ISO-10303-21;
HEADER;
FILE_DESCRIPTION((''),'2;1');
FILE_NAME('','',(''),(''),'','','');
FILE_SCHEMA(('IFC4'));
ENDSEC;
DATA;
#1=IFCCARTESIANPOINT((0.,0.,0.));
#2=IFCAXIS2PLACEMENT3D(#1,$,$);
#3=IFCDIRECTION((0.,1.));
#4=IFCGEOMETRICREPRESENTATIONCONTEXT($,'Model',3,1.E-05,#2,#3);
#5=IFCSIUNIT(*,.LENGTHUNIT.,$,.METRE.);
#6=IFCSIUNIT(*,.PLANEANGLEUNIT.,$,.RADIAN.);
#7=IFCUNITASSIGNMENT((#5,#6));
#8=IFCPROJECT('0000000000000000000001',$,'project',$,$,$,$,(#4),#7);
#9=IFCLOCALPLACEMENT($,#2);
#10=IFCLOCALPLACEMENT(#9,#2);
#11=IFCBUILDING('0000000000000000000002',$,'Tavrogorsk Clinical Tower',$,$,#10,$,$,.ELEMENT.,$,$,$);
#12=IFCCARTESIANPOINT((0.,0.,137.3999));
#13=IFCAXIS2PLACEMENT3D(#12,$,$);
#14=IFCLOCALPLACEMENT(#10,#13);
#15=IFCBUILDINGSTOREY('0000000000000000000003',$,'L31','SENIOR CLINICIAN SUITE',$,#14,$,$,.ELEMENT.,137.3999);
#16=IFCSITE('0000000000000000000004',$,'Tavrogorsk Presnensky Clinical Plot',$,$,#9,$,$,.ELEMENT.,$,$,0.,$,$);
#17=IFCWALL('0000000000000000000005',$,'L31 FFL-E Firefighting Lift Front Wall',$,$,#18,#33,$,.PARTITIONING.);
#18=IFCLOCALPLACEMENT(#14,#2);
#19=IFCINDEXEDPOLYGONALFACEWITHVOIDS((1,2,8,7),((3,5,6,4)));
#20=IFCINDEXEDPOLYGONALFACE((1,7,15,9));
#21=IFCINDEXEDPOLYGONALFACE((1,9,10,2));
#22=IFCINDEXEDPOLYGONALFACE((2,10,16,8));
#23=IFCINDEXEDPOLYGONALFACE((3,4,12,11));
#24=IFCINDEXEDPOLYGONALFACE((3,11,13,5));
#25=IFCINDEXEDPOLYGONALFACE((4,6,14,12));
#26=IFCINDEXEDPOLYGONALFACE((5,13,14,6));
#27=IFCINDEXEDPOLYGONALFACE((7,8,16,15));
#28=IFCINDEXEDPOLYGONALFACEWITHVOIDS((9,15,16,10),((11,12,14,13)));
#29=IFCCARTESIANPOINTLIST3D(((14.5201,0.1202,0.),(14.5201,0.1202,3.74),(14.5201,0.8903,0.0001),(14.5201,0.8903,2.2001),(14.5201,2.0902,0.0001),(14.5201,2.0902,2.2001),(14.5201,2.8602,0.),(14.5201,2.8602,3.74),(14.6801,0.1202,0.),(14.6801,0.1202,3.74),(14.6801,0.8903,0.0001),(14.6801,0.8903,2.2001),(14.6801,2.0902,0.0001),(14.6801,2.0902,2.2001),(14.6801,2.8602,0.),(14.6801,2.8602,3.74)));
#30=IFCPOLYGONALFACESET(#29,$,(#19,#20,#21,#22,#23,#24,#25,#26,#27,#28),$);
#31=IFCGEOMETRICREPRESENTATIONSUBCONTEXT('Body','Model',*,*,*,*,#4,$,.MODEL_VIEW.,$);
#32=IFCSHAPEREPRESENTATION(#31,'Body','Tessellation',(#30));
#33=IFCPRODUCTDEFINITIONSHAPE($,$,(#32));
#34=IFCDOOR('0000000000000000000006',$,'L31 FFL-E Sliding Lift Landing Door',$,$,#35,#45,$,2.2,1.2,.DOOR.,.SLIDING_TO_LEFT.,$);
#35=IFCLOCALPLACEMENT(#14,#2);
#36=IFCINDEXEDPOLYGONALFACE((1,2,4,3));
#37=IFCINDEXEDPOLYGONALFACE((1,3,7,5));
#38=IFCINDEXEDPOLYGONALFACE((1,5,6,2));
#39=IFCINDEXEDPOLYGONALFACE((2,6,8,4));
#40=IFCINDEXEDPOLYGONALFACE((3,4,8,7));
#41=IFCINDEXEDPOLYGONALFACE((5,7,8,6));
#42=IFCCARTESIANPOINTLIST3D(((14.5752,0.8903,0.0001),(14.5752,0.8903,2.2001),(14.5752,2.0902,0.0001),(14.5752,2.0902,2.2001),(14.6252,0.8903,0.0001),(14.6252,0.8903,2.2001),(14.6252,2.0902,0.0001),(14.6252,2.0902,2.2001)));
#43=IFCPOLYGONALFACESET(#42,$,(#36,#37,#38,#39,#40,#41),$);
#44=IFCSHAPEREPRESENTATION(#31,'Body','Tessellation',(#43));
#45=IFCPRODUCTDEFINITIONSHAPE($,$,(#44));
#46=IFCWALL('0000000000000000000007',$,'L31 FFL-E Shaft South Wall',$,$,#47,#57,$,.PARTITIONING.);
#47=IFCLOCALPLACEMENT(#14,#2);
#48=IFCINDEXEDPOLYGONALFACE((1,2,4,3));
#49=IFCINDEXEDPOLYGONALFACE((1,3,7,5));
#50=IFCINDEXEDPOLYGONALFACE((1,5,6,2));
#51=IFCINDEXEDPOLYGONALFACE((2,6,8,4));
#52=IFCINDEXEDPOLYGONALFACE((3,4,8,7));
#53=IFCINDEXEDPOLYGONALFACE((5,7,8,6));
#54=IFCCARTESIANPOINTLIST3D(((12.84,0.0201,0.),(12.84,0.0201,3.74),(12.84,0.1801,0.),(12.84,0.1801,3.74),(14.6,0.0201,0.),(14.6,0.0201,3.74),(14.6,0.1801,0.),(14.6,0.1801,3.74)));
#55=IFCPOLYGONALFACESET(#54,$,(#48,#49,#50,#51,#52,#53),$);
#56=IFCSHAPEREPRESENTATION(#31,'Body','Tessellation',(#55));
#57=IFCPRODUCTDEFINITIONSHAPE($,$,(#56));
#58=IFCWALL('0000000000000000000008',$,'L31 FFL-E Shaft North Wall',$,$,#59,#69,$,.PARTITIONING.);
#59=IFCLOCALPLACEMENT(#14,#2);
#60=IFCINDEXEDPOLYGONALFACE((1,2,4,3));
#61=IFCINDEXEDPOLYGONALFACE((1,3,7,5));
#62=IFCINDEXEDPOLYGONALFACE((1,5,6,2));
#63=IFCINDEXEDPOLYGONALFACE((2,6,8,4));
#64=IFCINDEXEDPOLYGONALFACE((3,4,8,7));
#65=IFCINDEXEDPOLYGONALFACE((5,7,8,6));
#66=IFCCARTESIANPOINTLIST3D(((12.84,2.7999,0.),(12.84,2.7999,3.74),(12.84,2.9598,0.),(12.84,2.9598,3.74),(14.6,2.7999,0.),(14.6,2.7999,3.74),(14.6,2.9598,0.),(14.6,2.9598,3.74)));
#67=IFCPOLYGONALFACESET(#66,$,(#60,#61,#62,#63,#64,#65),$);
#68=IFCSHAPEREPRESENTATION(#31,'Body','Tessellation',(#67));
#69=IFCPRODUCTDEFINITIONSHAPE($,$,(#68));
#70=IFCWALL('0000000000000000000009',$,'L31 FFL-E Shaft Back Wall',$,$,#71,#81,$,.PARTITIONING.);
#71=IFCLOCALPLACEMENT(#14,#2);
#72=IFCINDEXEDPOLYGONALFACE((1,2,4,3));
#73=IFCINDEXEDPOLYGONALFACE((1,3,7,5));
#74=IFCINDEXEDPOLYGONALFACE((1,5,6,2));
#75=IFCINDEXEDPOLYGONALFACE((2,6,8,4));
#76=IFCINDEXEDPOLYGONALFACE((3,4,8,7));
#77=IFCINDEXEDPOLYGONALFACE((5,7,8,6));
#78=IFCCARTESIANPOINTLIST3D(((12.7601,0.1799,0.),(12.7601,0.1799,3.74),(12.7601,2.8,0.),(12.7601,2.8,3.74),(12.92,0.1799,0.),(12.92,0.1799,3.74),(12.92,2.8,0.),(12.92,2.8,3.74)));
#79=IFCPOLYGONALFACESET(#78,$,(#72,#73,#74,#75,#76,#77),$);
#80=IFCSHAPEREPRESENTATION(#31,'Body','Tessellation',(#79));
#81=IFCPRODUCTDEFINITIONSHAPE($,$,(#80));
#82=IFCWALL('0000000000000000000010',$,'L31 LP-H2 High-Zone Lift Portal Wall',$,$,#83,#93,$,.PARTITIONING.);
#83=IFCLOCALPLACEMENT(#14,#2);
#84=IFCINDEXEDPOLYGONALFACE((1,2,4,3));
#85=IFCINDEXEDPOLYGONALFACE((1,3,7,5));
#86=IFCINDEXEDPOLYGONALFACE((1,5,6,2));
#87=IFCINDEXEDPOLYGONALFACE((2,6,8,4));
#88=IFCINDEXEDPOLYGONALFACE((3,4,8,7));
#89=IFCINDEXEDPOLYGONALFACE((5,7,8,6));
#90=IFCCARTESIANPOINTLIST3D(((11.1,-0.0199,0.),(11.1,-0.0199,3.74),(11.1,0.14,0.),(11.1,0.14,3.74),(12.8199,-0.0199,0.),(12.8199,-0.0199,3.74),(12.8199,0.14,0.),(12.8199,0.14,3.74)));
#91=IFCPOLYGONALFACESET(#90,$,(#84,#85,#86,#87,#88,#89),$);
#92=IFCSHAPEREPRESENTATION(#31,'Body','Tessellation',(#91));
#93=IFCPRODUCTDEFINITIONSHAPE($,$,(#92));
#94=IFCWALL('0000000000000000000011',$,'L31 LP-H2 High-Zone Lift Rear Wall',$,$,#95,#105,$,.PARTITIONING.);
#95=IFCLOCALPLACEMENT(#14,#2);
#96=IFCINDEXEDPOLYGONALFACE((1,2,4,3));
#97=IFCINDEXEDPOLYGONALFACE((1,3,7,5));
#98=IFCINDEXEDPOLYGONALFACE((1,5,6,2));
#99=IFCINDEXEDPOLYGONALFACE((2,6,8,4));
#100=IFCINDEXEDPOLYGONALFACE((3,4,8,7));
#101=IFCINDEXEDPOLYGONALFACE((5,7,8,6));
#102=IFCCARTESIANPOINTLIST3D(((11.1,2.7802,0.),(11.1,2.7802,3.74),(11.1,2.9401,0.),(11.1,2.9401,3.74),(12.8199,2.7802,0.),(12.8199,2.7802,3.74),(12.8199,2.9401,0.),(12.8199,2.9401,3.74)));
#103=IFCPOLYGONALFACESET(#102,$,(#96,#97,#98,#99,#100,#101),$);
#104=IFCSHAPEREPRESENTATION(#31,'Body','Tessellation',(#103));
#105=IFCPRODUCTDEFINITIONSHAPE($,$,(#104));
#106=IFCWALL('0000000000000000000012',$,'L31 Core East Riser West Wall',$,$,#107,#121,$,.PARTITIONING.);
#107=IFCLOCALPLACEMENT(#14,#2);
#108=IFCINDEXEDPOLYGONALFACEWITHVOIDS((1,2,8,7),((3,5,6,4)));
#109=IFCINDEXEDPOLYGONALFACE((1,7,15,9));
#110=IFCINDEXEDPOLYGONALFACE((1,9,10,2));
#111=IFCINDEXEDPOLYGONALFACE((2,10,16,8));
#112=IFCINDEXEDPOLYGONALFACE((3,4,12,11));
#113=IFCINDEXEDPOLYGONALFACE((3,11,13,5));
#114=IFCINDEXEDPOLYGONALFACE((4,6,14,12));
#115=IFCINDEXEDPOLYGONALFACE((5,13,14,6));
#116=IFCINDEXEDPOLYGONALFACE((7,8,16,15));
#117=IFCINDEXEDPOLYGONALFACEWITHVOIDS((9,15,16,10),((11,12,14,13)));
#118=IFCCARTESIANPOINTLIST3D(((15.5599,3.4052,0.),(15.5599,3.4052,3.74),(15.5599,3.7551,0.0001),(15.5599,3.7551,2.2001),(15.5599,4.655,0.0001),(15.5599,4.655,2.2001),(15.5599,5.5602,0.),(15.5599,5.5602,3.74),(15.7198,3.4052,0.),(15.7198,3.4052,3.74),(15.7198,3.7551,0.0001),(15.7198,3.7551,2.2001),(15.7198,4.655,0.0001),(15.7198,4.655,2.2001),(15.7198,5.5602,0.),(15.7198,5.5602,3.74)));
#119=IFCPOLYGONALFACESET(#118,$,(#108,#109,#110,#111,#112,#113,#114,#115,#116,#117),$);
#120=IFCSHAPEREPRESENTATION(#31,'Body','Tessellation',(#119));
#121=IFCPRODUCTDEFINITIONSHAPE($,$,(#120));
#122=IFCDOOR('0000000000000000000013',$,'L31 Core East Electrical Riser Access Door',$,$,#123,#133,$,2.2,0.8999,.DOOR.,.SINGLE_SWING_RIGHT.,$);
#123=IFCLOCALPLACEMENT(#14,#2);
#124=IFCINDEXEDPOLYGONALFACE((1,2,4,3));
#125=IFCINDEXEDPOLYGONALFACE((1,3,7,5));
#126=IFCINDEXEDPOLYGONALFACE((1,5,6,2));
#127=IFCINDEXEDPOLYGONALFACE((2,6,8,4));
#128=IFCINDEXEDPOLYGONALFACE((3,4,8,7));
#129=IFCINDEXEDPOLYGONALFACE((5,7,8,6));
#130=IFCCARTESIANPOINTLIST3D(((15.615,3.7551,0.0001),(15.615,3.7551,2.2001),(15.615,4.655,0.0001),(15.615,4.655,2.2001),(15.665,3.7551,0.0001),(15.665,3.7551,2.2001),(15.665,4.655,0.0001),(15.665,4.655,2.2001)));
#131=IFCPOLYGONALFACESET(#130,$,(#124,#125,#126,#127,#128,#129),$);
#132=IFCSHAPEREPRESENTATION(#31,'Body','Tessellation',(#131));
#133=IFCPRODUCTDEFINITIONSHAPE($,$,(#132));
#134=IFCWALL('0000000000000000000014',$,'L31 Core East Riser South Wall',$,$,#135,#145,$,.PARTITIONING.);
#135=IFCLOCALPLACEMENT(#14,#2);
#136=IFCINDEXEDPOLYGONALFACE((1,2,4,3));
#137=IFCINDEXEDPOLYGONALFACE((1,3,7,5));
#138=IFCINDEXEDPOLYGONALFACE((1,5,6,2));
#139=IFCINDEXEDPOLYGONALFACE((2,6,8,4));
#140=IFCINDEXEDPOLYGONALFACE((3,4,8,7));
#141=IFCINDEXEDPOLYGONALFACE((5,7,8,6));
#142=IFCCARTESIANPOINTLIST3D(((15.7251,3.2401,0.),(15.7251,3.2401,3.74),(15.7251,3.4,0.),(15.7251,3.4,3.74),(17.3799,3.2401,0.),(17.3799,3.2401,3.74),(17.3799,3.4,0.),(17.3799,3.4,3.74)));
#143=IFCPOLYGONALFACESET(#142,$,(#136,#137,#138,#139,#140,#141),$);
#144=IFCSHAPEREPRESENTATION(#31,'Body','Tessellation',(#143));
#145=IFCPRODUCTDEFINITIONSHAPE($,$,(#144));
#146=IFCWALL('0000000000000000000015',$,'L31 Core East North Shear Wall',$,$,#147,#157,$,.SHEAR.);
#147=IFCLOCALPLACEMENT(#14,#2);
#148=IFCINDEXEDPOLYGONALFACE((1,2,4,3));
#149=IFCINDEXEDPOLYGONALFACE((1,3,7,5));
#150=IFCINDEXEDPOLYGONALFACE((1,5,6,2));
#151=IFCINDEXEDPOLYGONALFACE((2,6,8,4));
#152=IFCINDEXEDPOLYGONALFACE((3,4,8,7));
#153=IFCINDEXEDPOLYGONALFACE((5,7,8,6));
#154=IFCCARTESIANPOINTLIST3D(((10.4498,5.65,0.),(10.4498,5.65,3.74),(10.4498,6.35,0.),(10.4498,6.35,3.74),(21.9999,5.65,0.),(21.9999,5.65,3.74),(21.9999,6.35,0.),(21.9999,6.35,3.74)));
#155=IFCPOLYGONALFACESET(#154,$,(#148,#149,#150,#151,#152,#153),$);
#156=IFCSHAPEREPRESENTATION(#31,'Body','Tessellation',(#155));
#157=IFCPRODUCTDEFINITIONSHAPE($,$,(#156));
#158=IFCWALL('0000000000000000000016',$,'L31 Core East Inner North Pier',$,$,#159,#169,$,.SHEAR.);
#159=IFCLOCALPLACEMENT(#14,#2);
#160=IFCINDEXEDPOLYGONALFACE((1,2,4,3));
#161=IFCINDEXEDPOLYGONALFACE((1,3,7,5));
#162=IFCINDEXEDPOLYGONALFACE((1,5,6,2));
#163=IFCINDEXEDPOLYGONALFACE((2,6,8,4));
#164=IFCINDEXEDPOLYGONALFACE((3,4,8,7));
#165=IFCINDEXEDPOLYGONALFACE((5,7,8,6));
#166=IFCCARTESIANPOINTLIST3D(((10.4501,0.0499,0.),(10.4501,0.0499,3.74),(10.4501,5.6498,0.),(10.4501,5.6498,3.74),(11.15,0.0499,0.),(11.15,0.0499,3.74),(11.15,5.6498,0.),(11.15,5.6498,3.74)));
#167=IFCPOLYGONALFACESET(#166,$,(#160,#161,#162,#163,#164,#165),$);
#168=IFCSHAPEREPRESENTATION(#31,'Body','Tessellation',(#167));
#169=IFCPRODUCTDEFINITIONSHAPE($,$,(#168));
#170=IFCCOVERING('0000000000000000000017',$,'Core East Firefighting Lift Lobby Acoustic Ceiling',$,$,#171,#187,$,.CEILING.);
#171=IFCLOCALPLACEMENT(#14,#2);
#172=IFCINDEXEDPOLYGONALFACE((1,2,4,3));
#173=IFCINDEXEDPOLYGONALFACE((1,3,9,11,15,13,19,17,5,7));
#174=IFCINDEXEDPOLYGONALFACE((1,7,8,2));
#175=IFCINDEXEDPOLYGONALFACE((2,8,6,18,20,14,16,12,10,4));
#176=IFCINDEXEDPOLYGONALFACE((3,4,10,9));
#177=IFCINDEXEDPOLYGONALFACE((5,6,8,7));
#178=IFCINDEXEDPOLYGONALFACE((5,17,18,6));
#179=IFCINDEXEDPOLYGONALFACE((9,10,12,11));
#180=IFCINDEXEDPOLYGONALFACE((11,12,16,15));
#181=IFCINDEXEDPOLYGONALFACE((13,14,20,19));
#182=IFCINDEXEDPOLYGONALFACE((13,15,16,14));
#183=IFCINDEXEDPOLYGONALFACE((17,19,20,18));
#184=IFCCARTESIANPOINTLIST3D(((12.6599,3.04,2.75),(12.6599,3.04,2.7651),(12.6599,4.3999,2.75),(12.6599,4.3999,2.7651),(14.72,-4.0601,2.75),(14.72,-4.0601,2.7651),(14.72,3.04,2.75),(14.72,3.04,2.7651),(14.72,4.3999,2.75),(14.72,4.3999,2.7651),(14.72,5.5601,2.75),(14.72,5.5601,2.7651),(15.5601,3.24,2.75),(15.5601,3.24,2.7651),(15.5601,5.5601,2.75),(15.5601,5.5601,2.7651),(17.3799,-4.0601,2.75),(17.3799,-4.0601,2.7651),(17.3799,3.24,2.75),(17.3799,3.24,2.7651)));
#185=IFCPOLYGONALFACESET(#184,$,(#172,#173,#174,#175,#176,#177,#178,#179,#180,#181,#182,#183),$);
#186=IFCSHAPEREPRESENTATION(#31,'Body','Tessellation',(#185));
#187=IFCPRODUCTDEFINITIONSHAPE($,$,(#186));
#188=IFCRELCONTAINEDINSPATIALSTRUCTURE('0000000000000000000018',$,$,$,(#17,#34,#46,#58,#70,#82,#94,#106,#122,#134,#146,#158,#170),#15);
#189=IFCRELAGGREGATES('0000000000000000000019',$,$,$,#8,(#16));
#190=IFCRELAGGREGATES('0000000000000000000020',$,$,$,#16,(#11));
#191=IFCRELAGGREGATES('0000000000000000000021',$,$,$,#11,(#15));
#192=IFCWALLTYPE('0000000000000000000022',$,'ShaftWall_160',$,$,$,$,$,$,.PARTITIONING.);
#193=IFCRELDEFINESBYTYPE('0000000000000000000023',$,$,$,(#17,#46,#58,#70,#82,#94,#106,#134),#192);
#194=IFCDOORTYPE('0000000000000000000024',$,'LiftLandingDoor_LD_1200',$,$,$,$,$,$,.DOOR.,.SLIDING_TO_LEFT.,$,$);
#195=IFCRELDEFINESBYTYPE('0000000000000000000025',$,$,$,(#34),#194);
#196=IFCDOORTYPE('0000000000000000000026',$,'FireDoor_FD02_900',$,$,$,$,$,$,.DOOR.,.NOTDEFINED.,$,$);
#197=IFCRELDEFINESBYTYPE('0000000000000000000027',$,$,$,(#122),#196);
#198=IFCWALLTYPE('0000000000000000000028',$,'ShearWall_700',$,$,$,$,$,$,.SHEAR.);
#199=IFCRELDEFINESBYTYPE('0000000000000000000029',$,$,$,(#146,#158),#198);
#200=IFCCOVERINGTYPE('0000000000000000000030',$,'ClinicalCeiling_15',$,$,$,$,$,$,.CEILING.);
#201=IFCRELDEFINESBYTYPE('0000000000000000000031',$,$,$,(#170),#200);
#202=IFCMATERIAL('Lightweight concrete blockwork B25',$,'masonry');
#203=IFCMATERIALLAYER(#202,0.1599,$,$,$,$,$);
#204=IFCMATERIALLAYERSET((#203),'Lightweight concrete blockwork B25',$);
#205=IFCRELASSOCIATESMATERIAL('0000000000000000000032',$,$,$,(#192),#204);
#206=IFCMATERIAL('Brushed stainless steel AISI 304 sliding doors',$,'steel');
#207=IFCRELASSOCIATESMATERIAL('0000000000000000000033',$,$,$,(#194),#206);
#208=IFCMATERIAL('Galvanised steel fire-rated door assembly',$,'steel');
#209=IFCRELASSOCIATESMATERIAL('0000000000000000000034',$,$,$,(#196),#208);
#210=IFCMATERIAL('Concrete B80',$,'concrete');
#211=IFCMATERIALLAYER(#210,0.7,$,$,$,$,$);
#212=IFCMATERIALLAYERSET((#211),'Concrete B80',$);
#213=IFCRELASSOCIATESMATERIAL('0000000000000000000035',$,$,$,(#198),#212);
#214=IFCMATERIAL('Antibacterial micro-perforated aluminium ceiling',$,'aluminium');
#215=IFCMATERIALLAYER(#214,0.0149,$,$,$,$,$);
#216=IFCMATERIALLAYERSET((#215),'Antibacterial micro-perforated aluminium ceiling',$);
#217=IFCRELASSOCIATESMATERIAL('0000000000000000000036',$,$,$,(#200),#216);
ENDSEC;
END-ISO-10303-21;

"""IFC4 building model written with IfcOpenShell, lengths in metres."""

from ifc_helpers import new_model, si_unit, direction, frame, frame_2d, origin, place, context, subcontext, project, spatial, polyline, rectangle, outline, extrude, material, layer, layer_set, type_object, element, fill, save


model = new_model("IFC4")

# Units and contexts
model_context = context("Model", 3, precision=1e-05, world=origin(), true_north=direction((0.0, 1.0)))
body_context = subcontext(model_context, "Body", "Model", "MODEL_VIEW")
ifc_project = project(units=[si_unit("LENGTHUNIT", "METRE"), si_unit("PLANEANGLEUNIT", "RADIAN")], contexts=[model_context])

# Site, building, storey
site_placement = place(None, origin())
site = spatial("IfcSite", under=ifc_project, at=site_placement, Name="Tavrogorsk Presnensky Clinical Plot", CompositionType="ELEMENT", RefElevation=0.0)
building_placement = place(site_placement, origin())
building = spatial("IfcBuilding", under=site, at=building_placement, Name="Tavrogorsk Clinical Tower", CompositionType="ELEMENT")
storey_placement = place(building_placement, frame((0.0, 0.0, 137.3999)))
storey = spatial("IfcBuildingStorey", under=building, at=storey_placement, Name="L31", Description="SENIOR CLINICIAN SUITE", CompositionType="ELEMENT", Elevation=137.3999)

# Wall, opening, door
ifc_material_1 = material(Name="Lightweight concrete blockwork B25", Category="masonry")
ifc_layer_1 = layer(ifc_material_1, 0.1599)
ifc_layer_set_1 = layer_set([ifc_layer_1], Name="Lightweight concrete blockwork B25")
wall_type_1 = type_object("IfcWallType", Name="ShaftWall_160", PredefinedType="PARTITIONING", material=ifc_layer_set_1)
wall_1_placement = place(storey_placement, frame((14.6001, 0.1201, 0.0), z_axis=(0.0, 0.0, 1.0), x_axis=(0.0, 1.0, 0.0)))
wall_1 = element("IfcWall", 1, at=wall_1_placement, inside=storey, type_object=wall_type_1, Name="L31 FFL-E Firefighting Lift Front Wall", PredefinedType="PARTITIONING", context=body_context, shape_type="SweptSolid", body=[
    extrude(rectangle(XDim=2.74, YDim=0.1599, at=frame_2d((1.3701, 0.0))), origin(), (0.0, 0.0, 1.0), 3.74),
])
opening_1_placement = place(wall_1_placement, frame((0.77, 0.0, 0.0)))
opening_1 = element("IfcOpeningElement", 2, at=opening_1_placement, cuts=wall_1, PredefinedType="OPENING", context=body_context, shape_type="SweptSolid", body=[
    extrude(rectangle(XDim=1.2, YDim=2.2, at=frame_2d((0.6001, 1.1001))), frame((0.0, 0.0898, 0.0), z_axis=(0.0, -1.0, 0.0), x_axis=(1.0, 0.0, 0.0)), (0.0, 0.0, 1.0), 0.1799),
])
ifc_material_2 = material(Name="Brushed stainless steel AISI 304 sliding doors", Category="steel")
door_type_1 = type_object("IfcDoorType", Name="LiftLandingDoor_LD_1200", OperationType="SLIDING_TO_LEFT", PredefinedType="DOOR", material=ifc_material_2)
door_1_placement = place(opening_1_placement, origin())
door_1 = element("IfcDoor", 3, at=door_1_placement, inside=storey, type_object=door_type_1, Name="L31 FFL-E Sliding Lift Landing Door", OperationType="SLIDING_TO_LEFT", OverallHeight=2.2, OverallWidth=1.2, PredefinedType="DOOR", context=body_context, shape_type="SweptSolid", body=[
    extrude(rectangle(XDim=1.2, YDim=2.2, at=frame_2d((0.6001, 1.1001))), frame((0.0, 0.0249, 0.0), z_axis=(0.0, -1.0, 0.0), x_axis=(1.0, 0.0, 0.0)), (0.0, 0.0, 1.0), 0.05),
])
fill(opening_1, door_1)

# Walls
for number, where, z_axis, x_axis, name in (
    (4, (12.8401, 0.1001, 0.0), (0.0, 0.0, 1.0), (1.0, 0.0, 0.0), "L31 FFL-E Shaft South Wall"),
    (5, (12.8401, 2.8799, 0.0), (0.0, 0.0, 1.0), (1.0, 0.0, 0.0), "L31 FFL-E Shaft North Wall"),
):
    element("IfcWall", number, at=place(storey_placement, frame(where, z_axis=z_axis, x_axis=x_axis)), inside=storey, type_object=wall_type_1, Name=name, PredefinedType="PARTITIONING", context=body_context, shape_type="SweptSolid", body=[
        extrude(rectangle(XDim=1.76, YDim=0.1599, at=frame_2d((0.8799, 0.0))), origin(), (0.0, 0.0, 1.0), 3.74),
    ])
wall_2_placement = place(storey_placement, frame((12.8401, 0.1799, 0.0), z_axis=(0.0, 0.0, 1.0), x_axis=(0.0, 1.0, 0.0)))
element("IfcWall", 6, at=wall_2_placement, inside=storey, type_object=wall_type_1, Name="L31 FFL-E Shaft Back Wall", PredefinedType="PARTITIONING", context=body_context, shape_type="SweptSolid", body=[
    extrude(rectangle(XDim=2.6201, YDim=0.1599, at=frame_2d((1.3101, 0.0))), origin(), (0.0, 0.0, 1.0), 3.74),
])
for number, where, z_axis, x_axis, name in (
    (7, (11.1001, 0.0601, 0.0), (0.0, 0.0, 1.0), (1.0, 0.0, 0.0), "L31 LP-H2 High-Zone Lift Portal Wall"),
    (8, (11.1001, 2.8601, 0.0), (0.0, 0.0, 1.0), (1.0, 0.0, 0.0), "L31 LP-H2 High-Zone Lift Rear Wall"),
):
    element("IfcWall", number, at=place(storey_placement, frame(where, z_axis=z_axis, x_axis=x_axis)), inside=storey, type_object=wall_type_1, Name=name, PredefinedType="PARTITIONING", context=body_context, shape_type="SweptSolid", body=[
        extrude(rectangle(XDim=1.72, YDim=0.1599, at=frame_2d((0.8599, 0.0))), origin(), (0.0, 0.0, 1.0), 3.74),
    ])

# Wall, opening, door
wall_3_placement = place(storey_placement, frame((15.6399, 3.405, 0.0), z_axis=(0.0, 0.0, 1.0), x_axis=(0.0, 1.0, 0.0)))
wall_3 = element("IfcWall", 9, at=wall_3_placement, inside=storey, type_object=wall_type_1, Name="L31 Core East Riser West Wall", PredefinedType="PARTITIONING", context=body_context, shape_type="SweptSolid", body=[
    extrude(rectangle(XDim=2.155, YDim=0.1599, at=frame_2d((1.0776, 0.0))), origin(), (0.0, 0.0, 1.0), 3.74),
])
opening_2_placement = place(wall_3_placement, frame((0.3501, 0.0, 0.0)))
opening_2 = element("IfcOpeningElement", 10, at=opening_2_placement, cuts=wall_3, PredefinedType="OPENING", context=body_context, shape_type="SweptSolid", body=[
    extrude(rectangle(XDim=0.8999, YDim=2.2, at=frame_2d((0.45, 1.1001))), frame((0.0, 0.0898, 0.0), z_axis=(0.0, -1.0, 0.0), x_axis=(1.0, 0.0, 0.0)), (0.0, 0.0, 1.0), 0.1799),
])
ifc_material_3 = material(Name="Galvanised steel fire-rated door assembly", Category="steel")
door_type_2 = type_object("IfcDoorType", Name="FireDoor_FD02_900", OperationType="NOTDEFINED", PredefinedType="DOOR", material=ifc_material_3)
door_2_placement = place(opening_2_placement, origin())
door_2 = element("IfcDoor", 11, at=door_2_placement, inside=storey, type_object=door_type_2, Name="L31 Core East Electrical Riser Access Door", OperationType="SINGLE_SWING_RIGHT", OverallHeight=2.2, OverallWidth=0.8999, PredefinedType="DOOR", context=body_context, shape_type="SweptSolid", body=[
    extrude(rectangle(XDim=0.8999, YDim=2.2, at=frame_2d((0.45, 1.1001))), frame((0.0, 0.0249, 0.0), z_axis=(0.0, -1.0, 0.0), x_axis=(1.0, 0.0, 0.0)), (0.0, 0.0, 1.0), 0.05),
])
fill(opening_2, door_2)

# Walls
wall_4_placement = place(storey_placement, frame((15.7251, 3.3201, 0.0), z_axis=(0.0, 0.0, 1.0), x_axis=(1.0, 0.0, 0.0)))
element("IfcWall", 12, at=wall_4_placement, inside=storey, type_object=wall_type_1, Name="L31 Core East Riser South Wall", PredefinedType="PARTITIONING", context=body_context, shape_type="SweptSolid", body=[
    extrude(rectangle(XDim=1.6548, YDim=0.1599, at=frame_2d((0.8274, 0.0))), origin(), (0.0, 0.0, 1.0), 3.74),
])
ifc_material_4 = material(Name="Concrete B80", Category="concrete")
ifc_layer_2 = layer(ifc_material_4, 0.7)
ifc_layer_set_2 = layer_set([ifc_layer_2], Name="Concrete B80")
wall_type_2 = type_object("IfcWallType", Name="ShearWall_700", PredefinedType="SHEAR", material=ifc_layer_set_2)
wall_5_placement = place(storey_placement, frame((10.45, 6.0, 0.0), z_axis=(0.0, 0.0, 1.0), x_axis=(1.0, 0.0, 0.0)))
element("IfcWall", 13, at=wall_5_placement, inside=storey, type_object=wall_type_2, Name="L31 Core East North Shear Wall", PredefinedType="SHEAR", context=body_context, shape_type="SweptSolid", body=[
    extrude(rectangle(XDim=11.55, YDim=0.7, at=frame_2d((5.7749, 0.0))), origin(), (0.0, 0.0, 1.0), 3.74),
])
wall_6_placement = place(storey_placement, frame((10.8, 0.05, 0.0), z_axis=(0.0, 0.0, 1.0), x_axis=(0.0, 1.0, 0.0)))
element("IfcWall", 14, at=wall_6_placement, inside=storey, type_object=wall_type_2, Name="L31 Core East Inner North Pier", PredefinedType="SHEAR", context=body_context, shape_type="SweptSolid", body=[
    extrude(rectangle(XDim=5.5999, YDim=0.7, at=frame_2d((2.7998, 0.0))), origin(), (0.0, 0.0, 1.0), 3.74),
])

# Covering
ifc_material_5 = material(Name="Antibacterial micro-perforated aluminium ceiling", Category="aluminium")
ifc_layer_3 = layer(ifc_material_5, 0.0149)
ifc_layer_set_3 = layer_set([ifc_layer_3], Name="Antibacterial micro-perforated aluminium ceiling")
covering_type_1 = type_object("IfcCoveringType", Name="ClinicalCeiling_15", PredefinedType="CEILING", material=ifc_layer_set_3)
covering_1_placement = place(storey_placement, frame((0.0, 0.0, 2.75)))
element("IfcCovering", 15, at=covering_1_placement, inside=storey, type_object=covering_type_1, Name="Core East Firefighting Lift Lobby Acoustic Ceiling", PredefinedType="CEILING", context=body_context, shape_type="SweptSolid", body=[
    extrude(outline(polyline([(14.72, 3.04), (12.6599, 3.04), (12.6599, 4.3999), (14.72, 4.3999), (14.72, 5.5601), (15.5601, 5.5601), (15.5601, 3.24), (17.3799, 3.24), (17.3799, -4.0601), (14.72, -4.0601), (14.72, 3.04)])), origin(), (0.0, 0.0, 1.0), 0.0151),
])

save(model, "model.ifc")
